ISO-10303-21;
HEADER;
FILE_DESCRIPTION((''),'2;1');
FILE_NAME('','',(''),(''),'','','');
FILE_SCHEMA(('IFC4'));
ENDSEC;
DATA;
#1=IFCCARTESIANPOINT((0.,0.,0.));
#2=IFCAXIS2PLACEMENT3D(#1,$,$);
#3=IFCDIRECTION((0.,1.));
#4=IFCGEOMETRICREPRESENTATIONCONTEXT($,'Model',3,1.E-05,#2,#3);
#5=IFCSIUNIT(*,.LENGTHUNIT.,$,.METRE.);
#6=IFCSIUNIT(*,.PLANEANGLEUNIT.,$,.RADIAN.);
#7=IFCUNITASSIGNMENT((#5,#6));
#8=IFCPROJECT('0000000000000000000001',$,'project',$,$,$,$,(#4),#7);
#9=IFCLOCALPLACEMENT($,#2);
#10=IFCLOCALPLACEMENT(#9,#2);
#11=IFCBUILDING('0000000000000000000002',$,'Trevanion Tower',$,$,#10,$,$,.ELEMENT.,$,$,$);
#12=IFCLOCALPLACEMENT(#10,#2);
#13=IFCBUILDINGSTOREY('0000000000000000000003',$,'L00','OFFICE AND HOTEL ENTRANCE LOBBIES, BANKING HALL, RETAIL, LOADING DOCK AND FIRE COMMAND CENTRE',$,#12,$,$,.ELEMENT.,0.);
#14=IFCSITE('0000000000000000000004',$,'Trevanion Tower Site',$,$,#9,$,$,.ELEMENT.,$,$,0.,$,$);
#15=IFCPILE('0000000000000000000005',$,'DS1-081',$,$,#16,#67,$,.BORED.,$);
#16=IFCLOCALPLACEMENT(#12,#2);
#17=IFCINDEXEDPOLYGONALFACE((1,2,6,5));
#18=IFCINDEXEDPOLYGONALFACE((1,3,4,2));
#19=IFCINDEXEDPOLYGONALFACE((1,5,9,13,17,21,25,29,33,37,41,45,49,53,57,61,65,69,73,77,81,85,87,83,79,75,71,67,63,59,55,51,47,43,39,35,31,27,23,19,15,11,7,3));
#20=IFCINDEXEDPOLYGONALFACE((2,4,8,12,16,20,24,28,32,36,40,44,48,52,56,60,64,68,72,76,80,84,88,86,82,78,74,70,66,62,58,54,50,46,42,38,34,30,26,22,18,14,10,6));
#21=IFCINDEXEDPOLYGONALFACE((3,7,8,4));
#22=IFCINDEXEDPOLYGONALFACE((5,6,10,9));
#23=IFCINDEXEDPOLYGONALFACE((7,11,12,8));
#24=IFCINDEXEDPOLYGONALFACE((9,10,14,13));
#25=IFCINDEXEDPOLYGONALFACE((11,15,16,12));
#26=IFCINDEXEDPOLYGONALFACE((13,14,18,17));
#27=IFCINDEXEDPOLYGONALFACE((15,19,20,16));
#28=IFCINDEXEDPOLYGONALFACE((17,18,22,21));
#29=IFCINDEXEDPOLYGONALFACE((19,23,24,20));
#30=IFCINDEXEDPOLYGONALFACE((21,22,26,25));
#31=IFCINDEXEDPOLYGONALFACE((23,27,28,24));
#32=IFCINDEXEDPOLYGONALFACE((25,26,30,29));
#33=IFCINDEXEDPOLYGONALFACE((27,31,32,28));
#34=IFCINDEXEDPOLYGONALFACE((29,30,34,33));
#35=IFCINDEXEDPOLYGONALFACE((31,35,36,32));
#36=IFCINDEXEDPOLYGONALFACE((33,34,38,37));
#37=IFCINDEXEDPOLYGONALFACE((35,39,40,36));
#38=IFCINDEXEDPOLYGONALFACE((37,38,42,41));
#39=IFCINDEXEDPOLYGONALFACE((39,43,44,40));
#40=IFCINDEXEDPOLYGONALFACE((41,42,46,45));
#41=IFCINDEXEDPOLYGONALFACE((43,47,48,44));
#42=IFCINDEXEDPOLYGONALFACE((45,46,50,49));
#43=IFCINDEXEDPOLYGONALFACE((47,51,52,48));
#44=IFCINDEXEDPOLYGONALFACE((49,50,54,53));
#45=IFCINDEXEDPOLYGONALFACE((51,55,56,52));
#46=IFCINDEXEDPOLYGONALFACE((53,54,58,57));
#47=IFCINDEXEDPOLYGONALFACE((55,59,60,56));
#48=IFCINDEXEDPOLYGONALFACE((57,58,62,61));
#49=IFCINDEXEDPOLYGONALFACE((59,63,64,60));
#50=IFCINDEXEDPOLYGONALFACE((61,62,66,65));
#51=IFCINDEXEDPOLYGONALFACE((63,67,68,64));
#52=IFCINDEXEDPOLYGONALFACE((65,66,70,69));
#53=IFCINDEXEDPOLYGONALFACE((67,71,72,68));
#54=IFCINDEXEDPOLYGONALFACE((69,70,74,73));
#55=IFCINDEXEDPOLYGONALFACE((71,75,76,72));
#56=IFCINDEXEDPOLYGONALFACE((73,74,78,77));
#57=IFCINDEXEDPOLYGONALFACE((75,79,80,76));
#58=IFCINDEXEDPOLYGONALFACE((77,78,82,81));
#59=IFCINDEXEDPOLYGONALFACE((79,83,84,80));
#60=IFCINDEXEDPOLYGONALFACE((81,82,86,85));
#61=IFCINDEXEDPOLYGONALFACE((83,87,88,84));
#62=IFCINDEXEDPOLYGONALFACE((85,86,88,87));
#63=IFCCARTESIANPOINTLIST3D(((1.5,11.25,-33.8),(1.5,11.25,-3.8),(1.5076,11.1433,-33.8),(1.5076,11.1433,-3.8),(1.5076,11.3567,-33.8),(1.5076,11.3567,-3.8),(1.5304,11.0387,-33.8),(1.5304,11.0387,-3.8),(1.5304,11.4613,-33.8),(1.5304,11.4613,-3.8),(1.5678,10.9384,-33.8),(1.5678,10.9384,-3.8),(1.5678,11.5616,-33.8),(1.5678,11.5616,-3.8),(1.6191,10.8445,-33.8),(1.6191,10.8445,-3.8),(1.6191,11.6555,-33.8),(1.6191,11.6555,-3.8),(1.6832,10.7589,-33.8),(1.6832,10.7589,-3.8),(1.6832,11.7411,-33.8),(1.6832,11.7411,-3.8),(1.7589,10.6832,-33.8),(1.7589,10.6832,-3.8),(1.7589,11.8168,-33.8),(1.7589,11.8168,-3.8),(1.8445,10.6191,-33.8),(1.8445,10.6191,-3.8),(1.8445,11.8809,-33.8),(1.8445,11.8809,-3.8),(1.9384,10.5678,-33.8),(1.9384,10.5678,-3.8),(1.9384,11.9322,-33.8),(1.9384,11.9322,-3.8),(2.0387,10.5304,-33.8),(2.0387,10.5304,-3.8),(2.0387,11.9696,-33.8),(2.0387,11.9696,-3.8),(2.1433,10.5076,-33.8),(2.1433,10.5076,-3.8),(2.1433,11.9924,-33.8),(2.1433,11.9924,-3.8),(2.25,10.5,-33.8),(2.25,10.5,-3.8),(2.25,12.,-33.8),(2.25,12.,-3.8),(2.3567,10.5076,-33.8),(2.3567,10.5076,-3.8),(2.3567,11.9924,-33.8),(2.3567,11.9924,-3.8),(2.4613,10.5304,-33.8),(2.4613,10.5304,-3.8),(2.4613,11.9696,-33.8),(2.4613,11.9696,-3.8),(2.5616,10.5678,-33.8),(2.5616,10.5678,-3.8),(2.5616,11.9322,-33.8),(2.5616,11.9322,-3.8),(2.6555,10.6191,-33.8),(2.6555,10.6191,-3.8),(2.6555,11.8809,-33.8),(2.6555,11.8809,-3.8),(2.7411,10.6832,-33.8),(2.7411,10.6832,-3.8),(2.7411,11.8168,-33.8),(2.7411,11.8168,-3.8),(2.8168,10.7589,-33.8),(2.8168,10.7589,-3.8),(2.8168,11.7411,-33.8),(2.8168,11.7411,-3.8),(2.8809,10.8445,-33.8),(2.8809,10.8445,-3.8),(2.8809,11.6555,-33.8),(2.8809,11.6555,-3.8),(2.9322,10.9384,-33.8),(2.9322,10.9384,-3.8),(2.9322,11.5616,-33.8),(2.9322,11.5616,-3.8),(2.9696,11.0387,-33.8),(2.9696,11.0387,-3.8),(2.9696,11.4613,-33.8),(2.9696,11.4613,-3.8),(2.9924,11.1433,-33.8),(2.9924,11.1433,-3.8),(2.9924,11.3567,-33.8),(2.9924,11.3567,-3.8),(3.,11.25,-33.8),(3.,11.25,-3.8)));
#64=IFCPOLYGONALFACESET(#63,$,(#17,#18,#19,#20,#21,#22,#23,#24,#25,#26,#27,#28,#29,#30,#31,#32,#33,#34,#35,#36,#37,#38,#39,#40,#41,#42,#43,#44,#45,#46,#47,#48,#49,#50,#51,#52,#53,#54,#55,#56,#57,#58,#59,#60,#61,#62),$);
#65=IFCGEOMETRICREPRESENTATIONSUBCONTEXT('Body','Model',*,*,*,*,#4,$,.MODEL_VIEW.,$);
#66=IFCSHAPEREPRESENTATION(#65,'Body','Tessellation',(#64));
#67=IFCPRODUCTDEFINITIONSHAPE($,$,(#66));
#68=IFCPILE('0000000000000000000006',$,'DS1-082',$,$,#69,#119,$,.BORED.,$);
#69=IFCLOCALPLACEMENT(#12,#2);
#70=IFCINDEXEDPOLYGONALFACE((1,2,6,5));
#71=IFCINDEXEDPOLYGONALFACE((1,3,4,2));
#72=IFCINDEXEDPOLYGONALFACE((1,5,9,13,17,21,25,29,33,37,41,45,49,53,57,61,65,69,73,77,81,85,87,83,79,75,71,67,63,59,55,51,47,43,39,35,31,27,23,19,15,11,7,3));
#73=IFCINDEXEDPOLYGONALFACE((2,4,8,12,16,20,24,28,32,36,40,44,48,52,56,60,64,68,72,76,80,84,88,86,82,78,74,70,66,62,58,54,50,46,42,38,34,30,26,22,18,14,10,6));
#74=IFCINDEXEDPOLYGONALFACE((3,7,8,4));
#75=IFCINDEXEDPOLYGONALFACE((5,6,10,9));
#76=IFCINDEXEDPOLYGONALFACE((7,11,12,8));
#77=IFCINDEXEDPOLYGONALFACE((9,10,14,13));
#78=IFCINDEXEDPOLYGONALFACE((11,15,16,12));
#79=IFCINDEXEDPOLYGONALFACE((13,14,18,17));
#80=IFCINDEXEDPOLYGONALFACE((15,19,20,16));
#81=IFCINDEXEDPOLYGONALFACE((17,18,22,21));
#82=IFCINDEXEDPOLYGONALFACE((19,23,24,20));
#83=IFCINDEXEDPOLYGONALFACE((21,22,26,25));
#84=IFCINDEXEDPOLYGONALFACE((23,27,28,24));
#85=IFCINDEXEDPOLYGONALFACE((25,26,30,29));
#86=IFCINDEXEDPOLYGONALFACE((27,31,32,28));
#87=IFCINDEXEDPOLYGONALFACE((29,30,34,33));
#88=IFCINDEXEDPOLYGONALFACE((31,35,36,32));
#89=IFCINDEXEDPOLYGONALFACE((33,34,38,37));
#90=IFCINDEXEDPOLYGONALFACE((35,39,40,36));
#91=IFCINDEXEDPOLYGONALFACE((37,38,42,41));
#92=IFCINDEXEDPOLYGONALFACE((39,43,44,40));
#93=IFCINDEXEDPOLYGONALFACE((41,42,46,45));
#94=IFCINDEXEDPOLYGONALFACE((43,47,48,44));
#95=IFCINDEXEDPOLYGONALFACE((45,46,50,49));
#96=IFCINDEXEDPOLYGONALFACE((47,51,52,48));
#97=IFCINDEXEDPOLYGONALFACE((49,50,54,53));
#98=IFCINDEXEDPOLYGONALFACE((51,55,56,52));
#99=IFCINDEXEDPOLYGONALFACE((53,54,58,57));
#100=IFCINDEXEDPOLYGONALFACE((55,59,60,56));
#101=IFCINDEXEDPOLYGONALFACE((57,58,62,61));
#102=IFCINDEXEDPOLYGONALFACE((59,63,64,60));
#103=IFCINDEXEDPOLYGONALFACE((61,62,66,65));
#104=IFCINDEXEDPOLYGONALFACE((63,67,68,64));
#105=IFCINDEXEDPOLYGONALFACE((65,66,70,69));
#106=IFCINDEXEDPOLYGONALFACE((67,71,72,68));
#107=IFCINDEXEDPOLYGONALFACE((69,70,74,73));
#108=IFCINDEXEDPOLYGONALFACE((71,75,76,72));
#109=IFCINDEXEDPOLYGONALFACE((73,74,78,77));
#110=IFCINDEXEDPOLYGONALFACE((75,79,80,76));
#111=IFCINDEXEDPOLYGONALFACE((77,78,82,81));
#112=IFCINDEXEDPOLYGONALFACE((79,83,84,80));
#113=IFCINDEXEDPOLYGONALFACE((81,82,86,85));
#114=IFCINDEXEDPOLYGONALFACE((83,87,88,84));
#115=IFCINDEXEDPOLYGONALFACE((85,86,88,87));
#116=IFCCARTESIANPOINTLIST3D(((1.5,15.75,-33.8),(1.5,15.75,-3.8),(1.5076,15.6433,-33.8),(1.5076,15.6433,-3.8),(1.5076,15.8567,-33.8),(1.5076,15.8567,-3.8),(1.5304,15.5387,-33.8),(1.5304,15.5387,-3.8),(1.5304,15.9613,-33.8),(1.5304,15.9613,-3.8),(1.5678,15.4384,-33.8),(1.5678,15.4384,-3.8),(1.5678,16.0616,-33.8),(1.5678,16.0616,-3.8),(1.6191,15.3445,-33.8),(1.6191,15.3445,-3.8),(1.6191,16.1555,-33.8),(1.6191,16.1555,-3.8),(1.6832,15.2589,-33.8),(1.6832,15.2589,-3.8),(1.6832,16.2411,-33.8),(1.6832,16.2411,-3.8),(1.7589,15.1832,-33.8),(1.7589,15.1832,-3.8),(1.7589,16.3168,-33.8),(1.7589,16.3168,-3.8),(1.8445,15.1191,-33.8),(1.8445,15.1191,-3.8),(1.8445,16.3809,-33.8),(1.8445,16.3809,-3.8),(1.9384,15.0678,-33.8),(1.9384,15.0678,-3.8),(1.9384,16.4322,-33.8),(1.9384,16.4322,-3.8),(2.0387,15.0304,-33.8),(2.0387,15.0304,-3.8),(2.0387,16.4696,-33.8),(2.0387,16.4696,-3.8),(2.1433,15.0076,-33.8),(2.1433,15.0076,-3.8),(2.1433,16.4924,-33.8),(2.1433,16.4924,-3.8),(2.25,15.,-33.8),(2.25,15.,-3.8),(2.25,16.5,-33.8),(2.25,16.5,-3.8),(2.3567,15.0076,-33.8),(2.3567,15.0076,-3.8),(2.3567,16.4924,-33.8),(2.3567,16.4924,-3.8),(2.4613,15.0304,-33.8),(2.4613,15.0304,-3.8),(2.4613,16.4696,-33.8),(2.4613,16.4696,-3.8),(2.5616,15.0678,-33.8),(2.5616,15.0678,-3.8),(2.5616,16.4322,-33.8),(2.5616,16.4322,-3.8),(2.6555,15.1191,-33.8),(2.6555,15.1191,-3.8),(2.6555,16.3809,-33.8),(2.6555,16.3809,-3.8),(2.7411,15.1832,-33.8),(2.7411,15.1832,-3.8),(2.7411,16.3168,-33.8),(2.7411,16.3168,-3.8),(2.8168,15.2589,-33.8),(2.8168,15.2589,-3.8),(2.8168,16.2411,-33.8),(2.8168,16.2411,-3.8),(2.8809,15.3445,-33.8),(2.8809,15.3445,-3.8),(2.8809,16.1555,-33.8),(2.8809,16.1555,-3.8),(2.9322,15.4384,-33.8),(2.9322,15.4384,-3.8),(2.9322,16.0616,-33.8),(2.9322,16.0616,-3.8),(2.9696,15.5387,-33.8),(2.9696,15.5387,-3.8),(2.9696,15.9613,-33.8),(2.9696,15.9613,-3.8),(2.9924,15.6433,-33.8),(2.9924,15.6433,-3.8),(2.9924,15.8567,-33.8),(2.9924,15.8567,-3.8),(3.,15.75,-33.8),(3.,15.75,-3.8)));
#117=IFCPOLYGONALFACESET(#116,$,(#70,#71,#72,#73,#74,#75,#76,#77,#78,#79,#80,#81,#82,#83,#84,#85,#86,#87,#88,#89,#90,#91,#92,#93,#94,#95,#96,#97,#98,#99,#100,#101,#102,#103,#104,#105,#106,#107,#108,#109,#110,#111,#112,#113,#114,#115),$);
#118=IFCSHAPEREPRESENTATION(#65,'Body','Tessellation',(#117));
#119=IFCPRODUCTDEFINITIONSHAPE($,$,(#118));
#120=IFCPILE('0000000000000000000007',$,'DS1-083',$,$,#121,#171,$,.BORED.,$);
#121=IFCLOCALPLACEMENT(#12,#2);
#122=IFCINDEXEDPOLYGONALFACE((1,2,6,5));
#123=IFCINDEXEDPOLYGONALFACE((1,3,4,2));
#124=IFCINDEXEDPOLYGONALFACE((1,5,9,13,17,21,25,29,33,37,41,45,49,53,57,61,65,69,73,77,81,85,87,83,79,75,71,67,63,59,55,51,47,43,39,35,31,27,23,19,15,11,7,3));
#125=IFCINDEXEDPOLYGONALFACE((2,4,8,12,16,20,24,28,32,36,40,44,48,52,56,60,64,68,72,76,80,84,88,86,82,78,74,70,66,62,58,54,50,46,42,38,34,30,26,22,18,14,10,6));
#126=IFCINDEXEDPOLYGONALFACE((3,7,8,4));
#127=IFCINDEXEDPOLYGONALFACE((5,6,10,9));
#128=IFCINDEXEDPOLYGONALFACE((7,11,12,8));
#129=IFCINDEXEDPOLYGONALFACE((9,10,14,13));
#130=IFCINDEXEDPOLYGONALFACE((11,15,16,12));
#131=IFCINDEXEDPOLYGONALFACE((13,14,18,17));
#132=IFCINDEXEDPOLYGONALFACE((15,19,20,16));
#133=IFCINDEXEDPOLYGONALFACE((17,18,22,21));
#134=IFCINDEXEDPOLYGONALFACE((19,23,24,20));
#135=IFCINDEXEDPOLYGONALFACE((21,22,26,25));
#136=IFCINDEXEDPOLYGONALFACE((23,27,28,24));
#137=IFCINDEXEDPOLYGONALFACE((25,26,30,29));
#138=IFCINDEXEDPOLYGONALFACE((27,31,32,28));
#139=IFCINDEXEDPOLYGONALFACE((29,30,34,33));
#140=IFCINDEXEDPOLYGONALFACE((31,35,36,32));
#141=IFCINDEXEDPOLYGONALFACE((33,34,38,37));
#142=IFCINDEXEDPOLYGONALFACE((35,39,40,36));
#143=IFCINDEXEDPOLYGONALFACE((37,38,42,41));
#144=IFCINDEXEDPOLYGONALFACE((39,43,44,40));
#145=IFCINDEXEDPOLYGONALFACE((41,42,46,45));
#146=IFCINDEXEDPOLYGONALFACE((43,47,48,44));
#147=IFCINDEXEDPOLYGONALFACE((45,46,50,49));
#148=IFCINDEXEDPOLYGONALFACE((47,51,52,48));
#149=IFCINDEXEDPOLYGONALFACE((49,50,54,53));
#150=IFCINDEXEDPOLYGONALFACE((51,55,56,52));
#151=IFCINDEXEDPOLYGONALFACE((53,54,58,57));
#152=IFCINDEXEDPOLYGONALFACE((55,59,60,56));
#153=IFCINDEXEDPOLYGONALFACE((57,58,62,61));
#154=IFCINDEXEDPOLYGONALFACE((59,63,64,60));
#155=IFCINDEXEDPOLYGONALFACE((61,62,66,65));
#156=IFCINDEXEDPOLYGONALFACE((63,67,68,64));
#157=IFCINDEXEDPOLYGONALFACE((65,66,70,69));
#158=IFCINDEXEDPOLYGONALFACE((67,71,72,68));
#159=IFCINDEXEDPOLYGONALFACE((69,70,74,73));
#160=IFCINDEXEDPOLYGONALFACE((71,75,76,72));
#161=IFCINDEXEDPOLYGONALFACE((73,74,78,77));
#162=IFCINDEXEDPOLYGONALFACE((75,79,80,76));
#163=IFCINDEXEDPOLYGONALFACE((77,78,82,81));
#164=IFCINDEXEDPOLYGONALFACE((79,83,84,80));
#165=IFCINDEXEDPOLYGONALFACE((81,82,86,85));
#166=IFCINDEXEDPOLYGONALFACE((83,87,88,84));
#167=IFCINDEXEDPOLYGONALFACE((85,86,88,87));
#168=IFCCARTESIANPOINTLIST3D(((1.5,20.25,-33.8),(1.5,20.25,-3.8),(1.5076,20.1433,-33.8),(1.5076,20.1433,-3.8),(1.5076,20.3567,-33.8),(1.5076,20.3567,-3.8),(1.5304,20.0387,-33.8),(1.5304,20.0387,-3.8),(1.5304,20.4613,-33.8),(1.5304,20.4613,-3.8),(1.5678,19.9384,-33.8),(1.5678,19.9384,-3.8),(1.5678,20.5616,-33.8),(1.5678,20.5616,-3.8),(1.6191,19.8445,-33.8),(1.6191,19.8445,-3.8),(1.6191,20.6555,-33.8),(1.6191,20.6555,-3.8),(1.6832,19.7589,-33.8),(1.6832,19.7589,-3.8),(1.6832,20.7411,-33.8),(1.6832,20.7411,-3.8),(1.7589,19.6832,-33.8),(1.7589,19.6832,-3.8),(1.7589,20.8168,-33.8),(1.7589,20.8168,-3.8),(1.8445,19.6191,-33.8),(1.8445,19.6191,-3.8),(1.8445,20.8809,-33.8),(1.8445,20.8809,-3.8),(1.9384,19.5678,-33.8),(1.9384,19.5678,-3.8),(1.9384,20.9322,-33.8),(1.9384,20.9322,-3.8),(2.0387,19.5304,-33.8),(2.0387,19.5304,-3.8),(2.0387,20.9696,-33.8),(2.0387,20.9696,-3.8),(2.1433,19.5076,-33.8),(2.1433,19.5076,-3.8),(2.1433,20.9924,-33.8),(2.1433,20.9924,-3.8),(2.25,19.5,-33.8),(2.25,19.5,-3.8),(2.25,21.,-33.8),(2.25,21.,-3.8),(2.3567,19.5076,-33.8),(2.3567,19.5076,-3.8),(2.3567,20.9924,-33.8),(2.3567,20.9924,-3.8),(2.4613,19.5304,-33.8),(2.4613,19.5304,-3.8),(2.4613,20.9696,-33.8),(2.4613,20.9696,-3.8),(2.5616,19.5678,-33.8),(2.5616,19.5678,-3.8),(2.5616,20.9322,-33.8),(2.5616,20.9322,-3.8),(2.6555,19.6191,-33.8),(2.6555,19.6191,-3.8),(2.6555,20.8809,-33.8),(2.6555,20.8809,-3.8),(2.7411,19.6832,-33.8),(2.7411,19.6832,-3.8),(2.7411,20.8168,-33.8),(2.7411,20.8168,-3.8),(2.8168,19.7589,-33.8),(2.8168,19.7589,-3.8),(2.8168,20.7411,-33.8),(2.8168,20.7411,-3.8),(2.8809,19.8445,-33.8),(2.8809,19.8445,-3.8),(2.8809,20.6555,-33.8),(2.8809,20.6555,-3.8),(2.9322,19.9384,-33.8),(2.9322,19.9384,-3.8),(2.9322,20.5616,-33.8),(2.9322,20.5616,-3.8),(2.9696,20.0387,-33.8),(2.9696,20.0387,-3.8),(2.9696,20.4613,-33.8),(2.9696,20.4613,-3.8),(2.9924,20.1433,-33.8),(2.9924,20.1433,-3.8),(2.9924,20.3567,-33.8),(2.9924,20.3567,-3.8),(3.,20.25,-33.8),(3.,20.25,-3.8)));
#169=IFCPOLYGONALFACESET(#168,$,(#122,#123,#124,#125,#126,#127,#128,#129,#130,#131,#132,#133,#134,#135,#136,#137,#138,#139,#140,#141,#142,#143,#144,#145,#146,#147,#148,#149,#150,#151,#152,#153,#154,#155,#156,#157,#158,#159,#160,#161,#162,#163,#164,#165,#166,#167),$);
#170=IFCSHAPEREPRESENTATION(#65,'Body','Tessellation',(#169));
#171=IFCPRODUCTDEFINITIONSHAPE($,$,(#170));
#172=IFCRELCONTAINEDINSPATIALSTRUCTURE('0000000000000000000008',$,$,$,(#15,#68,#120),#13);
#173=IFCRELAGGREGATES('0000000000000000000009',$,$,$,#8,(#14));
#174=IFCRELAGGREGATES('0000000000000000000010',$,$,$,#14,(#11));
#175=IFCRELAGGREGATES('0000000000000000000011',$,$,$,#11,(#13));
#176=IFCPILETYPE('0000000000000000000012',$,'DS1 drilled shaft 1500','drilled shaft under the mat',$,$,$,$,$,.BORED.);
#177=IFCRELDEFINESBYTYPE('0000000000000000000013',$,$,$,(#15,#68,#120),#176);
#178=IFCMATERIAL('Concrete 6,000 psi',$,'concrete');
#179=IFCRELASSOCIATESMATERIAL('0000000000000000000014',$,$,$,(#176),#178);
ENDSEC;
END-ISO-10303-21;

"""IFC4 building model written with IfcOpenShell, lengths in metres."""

from ifc_helpers import new_model, si_unit, direction, frame, origin, origin_2d, place, context, subcontext, project, spatial, circle, extrude, material, material_profile, profile_set, type_object, element, save


model = new_model("IFC4")

# Units and contexts
model_context = context("Model", 3, precision=1e-05, world=origin(), true_north=direction((0.0, 1.0)))
body_context = subcontext(model_context, "Body", "Model", "MODEL_VIEW")
ifc_project = project(units=[si_unit("LENGTHUNIT", "METRE"), si_unit("PLANEANGLEUNIT", "RADIAN")], contexts=[model_context])

# Site, building, storey
site_placement = place(None, origin())
site = spatial("IfcSite", under=ifc_project, at=site_placement, Name="Trevanion Tower Site", CompositionType="ELEMENT", RefElevation=0.0)
building_placement = place(site_placement, origin())
building = spatial("IfcBuilding", under=site, at=building_placement, Name="Trevanion Tower", CompositionType="ELEMENT")
storey_placement = place(building_placement, origin())
storey = spatial("IfcBuildingStorey", under=building, at=storey_placement, Name="L00", Description="OFFICE AND HOTEL ENTRANCE LOBBIES, BANKING HALL, RETAIL, LOADING DOCK AND FIRE COMMAND CENTRE", CompositionType="ELEMENT", Elevation=0.0)

# Piles
ifc_material_1 = material(Name="Concrete 6,000 psi", Category="concrete")
ifc_material_profile_1 = material_profile(ifc_material_1, circle(Radius=0.75, at=origin_2d()), Name="DS1 drilled shaft 1500")
ifc_profile_set_1 = profile_set([ifc_material_profile_1], Name="Concrete 6,000 psi")
pile_type = type_object("IfcPileType", Name="DS1 drilled shaft 1500", Description="drilled shaft under the mat", PredefinedType="BORED", material=ifc_profile_set_1)
for number, where, z_axis, x_axis, name in (
    (1, (2.25, 11.25, -3.8), (0.0, 0.0, -1.0), (1.0, 0.0, 0.0), "DS1-081"),
    (2, (2.25, 15.75, -3.8), (0.0, 0.0, -1.0), (1.0, 0.0, 0.0), "DS1-082"),
    (3, (2.25, 20.25, -3.8), (0.0, 0.0, -1.0), (1.0, 0.0, 0.0), "DS1-083"),
):
    element("IfcPile", number, at=place(storey_placement, frame(where, z_axis=z_axis, x_axis=x_axis)), inside=storey, type_object=pile_type, Name=name, PredefinedType="BORED", context=body_context, shape_type="SweptSolid", body=[
        extrude(circle(Radius=0.75, at=origin_2d()), origin(), (0.0, 0.0, 1.0), 30.0),
    ])

save(model, "model.ifc")
